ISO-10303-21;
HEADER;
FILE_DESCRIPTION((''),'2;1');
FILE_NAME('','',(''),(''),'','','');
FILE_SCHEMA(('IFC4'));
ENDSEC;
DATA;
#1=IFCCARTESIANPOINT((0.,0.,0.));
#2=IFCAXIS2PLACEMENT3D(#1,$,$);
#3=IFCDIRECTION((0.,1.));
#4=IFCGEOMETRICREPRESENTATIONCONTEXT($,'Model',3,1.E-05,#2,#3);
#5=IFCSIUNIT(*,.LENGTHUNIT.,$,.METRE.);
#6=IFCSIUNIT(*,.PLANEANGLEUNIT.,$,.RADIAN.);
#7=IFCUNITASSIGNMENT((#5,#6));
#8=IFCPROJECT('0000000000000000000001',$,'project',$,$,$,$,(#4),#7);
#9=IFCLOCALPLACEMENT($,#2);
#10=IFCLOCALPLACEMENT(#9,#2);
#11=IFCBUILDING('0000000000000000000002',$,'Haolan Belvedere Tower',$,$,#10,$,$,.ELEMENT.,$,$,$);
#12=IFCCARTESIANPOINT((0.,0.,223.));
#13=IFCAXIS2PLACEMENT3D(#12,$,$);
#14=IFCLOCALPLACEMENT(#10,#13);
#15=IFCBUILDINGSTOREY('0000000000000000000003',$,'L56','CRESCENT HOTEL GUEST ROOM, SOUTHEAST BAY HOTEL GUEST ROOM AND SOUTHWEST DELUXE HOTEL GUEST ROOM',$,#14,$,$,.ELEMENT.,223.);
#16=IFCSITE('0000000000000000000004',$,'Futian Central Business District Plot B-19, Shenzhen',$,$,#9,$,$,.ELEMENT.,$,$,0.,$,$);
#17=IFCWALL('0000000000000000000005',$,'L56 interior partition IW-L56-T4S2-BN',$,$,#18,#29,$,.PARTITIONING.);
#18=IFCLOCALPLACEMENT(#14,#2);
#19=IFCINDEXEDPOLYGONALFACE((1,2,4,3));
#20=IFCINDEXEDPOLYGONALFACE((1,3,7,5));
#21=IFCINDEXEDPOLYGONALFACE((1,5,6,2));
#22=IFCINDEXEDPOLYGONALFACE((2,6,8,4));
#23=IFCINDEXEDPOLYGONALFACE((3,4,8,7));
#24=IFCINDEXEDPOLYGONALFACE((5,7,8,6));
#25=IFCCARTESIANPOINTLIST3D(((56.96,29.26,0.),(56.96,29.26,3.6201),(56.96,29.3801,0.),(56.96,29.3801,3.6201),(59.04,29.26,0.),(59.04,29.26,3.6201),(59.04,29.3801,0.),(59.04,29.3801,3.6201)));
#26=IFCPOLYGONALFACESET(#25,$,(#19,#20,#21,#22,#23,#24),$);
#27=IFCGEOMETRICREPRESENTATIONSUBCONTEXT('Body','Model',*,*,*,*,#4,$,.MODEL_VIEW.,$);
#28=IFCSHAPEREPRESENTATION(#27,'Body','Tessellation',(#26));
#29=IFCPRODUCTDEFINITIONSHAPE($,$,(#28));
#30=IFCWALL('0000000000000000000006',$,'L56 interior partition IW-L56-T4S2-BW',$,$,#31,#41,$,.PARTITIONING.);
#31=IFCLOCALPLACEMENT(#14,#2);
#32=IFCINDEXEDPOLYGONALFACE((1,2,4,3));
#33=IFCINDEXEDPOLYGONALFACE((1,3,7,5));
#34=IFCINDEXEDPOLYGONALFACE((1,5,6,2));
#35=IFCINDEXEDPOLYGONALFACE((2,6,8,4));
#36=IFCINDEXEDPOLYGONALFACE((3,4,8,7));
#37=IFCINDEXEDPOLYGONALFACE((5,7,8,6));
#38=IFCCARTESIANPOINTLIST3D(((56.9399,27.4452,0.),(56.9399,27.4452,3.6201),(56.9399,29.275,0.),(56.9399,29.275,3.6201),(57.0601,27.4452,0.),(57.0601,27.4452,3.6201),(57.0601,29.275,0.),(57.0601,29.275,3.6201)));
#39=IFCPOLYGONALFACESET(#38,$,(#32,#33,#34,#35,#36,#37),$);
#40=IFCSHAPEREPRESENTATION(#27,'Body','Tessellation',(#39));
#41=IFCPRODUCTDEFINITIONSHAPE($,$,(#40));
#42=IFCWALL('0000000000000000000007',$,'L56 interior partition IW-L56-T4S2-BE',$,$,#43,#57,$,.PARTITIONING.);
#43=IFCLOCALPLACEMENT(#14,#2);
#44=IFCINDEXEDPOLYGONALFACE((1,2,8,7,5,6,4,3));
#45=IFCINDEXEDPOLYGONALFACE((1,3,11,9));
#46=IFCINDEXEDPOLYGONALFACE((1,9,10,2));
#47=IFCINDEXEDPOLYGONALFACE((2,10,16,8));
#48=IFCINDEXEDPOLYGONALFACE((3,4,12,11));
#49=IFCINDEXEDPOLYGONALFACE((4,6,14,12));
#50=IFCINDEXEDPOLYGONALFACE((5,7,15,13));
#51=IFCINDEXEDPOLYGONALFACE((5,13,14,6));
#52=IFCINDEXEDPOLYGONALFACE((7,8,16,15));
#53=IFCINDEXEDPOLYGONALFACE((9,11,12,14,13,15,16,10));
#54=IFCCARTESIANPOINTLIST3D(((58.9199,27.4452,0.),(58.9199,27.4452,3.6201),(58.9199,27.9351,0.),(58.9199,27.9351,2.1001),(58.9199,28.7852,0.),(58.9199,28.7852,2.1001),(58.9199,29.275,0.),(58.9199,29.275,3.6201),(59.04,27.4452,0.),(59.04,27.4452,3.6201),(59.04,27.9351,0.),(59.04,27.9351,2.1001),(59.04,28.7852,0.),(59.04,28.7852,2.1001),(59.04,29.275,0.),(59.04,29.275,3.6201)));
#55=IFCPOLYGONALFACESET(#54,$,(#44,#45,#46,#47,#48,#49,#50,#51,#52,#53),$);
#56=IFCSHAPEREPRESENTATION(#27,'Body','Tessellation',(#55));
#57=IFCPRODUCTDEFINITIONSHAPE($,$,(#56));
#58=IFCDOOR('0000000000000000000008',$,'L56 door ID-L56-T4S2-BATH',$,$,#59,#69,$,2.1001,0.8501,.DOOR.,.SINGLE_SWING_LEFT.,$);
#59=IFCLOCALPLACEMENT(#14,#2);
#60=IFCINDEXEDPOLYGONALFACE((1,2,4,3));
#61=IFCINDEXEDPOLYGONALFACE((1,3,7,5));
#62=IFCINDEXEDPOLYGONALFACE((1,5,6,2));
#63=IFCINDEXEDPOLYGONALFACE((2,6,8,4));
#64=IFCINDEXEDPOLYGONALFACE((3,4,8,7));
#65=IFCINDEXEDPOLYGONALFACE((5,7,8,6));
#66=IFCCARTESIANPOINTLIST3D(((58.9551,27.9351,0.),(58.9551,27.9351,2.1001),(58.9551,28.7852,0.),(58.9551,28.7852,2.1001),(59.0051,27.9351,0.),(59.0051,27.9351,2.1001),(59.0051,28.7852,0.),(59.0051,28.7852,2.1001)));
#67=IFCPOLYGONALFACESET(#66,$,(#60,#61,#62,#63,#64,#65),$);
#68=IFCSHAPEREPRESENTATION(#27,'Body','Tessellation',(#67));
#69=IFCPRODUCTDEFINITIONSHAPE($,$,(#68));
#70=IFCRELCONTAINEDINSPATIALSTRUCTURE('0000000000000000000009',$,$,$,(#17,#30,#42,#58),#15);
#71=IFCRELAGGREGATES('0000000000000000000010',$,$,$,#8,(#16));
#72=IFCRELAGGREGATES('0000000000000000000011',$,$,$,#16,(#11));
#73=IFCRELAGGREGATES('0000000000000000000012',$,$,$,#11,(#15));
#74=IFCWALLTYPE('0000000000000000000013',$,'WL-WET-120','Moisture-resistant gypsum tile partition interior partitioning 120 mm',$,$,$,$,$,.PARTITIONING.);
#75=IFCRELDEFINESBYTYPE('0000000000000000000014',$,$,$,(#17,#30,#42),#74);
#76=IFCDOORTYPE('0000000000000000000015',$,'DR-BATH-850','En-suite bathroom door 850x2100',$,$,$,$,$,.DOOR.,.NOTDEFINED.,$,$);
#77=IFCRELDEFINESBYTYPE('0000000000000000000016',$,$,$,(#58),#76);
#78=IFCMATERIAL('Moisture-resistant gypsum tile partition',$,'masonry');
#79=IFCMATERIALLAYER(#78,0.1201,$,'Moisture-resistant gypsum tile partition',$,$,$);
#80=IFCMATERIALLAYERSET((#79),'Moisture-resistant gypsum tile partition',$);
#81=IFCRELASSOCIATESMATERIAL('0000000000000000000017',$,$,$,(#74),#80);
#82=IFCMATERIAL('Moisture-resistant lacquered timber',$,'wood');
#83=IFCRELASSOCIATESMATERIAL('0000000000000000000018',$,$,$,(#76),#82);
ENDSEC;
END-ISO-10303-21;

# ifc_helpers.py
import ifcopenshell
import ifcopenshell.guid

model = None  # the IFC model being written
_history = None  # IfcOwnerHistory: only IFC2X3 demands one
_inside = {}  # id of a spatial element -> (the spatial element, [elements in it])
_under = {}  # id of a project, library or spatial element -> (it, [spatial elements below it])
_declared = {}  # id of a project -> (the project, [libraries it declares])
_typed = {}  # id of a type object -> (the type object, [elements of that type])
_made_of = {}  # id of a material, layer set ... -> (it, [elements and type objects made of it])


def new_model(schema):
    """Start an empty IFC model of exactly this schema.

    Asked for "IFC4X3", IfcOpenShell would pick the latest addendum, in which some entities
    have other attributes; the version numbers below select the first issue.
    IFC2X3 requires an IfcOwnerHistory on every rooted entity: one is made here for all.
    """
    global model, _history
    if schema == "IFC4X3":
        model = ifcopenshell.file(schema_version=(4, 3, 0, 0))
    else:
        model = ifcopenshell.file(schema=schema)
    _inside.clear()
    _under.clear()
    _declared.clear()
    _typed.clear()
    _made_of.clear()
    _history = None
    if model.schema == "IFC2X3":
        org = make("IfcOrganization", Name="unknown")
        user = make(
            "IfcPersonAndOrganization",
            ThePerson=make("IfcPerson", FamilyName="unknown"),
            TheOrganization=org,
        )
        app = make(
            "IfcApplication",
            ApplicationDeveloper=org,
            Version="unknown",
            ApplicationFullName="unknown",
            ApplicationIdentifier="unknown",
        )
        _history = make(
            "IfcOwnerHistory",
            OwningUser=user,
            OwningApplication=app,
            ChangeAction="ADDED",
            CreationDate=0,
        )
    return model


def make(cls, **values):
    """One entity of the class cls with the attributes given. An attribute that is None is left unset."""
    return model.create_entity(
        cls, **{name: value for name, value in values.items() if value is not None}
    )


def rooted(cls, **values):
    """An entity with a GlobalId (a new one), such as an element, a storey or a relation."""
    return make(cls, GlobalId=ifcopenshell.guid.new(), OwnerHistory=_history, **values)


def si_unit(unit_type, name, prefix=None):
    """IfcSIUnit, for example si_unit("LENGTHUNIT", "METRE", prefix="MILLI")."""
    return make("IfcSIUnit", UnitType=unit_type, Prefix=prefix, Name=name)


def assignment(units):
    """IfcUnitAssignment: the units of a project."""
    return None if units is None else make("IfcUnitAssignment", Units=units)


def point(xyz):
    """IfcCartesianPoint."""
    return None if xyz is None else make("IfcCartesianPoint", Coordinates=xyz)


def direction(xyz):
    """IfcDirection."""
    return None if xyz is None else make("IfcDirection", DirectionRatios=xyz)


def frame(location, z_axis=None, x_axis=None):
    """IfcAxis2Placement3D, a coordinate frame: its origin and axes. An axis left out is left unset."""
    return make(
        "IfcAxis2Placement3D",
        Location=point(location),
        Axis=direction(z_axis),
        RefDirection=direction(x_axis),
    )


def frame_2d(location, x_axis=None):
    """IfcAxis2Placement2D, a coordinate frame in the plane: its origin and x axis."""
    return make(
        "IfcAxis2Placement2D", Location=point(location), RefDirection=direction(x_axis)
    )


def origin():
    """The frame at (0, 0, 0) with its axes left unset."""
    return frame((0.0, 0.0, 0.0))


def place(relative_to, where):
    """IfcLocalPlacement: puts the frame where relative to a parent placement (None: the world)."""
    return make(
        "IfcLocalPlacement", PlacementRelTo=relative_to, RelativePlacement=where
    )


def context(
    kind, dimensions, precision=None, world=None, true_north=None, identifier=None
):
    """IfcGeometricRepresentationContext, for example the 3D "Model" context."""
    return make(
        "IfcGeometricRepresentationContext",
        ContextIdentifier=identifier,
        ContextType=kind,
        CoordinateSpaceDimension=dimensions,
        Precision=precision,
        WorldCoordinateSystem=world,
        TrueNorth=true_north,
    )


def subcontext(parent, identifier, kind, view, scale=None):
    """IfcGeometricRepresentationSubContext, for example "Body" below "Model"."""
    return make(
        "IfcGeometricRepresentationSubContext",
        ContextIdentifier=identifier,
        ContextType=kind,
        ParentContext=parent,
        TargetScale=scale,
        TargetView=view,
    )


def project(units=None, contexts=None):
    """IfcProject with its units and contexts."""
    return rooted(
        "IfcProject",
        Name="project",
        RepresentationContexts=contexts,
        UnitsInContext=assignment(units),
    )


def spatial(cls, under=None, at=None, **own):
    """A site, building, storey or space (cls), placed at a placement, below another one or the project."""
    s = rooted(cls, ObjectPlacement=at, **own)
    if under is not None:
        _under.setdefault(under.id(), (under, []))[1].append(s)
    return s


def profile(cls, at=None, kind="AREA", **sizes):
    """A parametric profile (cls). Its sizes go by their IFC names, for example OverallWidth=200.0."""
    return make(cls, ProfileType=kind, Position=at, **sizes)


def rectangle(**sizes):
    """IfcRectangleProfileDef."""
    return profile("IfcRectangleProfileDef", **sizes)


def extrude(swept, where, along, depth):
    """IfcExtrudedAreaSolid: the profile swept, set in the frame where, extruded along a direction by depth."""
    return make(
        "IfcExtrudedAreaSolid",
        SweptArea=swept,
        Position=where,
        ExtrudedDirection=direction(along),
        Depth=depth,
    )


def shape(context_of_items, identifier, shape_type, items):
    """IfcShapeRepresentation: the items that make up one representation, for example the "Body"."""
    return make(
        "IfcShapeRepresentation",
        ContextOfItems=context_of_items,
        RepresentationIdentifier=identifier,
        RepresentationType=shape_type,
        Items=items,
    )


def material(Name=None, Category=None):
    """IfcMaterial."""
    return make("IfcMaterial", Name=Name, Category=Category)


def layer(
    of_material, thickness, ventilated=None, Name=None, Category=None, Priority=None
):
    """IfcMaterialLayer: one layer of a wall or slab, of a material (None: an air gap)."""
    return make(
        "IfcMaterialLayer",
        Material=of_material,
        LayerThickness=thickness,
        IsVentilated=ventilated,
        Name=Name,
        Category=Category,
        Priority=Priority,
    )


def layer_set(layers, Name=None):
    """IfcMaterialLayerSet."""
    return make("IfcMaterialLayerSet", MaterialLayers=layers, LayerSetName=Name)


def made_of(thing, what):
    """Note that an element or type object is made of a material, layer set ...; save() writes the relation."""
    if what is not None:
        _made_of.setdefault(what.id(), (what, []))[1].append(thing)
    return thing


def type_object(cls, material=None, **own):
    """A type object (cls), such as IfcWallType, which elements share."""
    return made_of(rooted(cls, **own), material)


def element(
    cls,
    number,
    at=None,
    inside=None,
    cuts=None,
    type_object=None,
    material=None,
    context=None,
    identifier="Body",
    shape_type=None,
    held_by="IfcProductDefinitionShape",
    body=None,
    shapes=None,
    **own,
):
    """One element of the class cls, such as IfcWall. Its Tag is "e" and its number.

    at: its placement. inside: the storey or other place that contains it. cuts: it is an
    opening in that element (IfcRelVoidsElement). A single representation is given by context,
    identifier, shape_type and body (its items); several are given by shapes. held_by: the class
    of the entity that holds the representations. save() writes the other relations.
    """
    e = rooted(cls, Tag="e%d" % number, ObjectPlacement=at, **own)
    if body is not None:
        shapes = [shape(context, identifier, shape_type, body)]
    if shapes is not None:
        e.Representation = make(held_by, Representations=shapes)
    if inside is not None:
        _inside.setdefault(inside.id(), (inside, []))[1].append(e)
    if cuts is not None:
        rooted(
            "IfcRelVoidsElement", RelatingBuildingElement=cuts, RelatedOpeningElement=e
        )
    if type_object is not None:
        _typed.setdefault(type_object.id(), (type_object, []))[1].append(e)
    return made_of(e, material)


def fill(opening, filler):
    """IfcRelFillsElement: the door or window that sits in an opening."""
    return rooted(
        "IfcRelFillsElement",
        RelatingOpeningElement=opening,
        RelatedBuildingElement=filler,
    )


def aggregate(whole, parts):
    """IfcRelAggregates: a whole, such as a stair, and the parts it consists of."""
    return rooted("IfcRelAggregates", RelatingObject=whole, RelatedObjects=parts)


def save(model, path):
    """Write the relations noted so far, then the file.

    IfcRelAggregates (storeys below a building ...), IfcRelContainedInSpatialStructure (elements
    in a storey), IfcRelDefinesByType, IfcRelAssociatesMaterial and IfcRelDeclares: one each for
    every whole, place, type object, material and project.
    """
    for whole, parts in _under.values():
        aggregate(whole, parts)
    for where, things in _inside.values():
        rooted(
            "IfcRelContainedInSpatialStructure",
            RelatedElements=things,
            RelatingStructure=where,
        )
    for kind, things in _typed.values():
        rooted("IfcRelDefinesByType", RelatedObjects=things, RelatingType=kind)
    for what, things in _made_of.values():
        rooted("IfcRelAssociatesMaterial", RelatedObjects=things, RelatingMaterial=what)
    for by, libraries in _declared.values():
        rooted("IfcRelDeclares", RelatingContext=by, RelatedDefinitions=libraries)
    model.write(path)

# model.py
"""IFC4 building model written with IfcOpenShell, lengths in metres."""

from ifc_helpers import new_model, si_unit, direction, frame, frame_2d, origin, place, context, subcontext, project, spatial, rectangle, extrude, material, layer, layer_set, type_object, element, fill, save


model = new_model("IFC4")

# Units and contexts
model_context = context("Model", 3, precision=1e-05, world=origin(), true_north=direction((0.0, 1.0)))
body_context = subcontext(model_context, "Body", "Model", "MODEL_VIEW")
ifc_project = project(units=[si_unit("LENGTHUNIT", "METRE"), si_unit("PLANEANGLEUNIT", "RADIAN")], contexts=[model_context])

# Site, building, storey
site_placement = place(None, origin())
site = spatial("IfcSite", under=ifc_project, at=site_placement, Name="Futian Central Business District Plot B-19, Shenzhen", CompositionType="ELEMENT", RefElevation=0.0)
building_placement = place(site_placement, origin())
building = spatial("IfcBuilding", under=site, at=building_placement, Name="Haolan Belvedere Tower", CompositionType="ELEMENT")
storey_placement = place(building_placement, frame((0.0, 0.0, 223.0)))
storey = spatial("IfcBuildingStorey", under=building, at=storey_placement, Name="L56", Description="CRESCENT HOTEL GUEST ROOM, SOUTHEAST BAY HOTEL GUEST ROOM AND SOUTHWEST DELUXE HOTEL GUEST ROOM", CompositionType="ELEMENT", Elevation=223.0)

# Shared definitions
ifc_material_1 = material(Name="Moisture-resistant gypsum tile partition", Category="masonry")
ifc_layer_1 = layer(ifc_material_1, 0.1201, Name="Moisture-resistant gypsum tile partition")
ifc_layer_set_1 = layer_set([ifc_layer_1], Name="Moisture-resistant gypsum tile partition")
wall_type_1 = type_object("IfcWallType", Name="WL-WET-120", Description="Moisture-resistant gypsum tile partition interior partitioning 120 mm", PredefinedType="PARTITIONING", material=ifc_layer_set_1)

# Shared definitions
ifc_material_2 = material(Name="Moisture-resistant lacquered timber", Category="wood")
door_type_1 = type_object("IfcDoorType", Name="DR-BATH-850", Description="En-suite bathroom door 850x2100", OperationType="NOTDEFINED", PredefinedType="DOOR", material=ifc_material_2)

# Walls
wall_1_placement = place(storey_placement, frame((56.96, 29.3201, 0.0), z_axis=(0.0, 0.0, 1.0), x_axis=(1.0, 0.0, 0.0)))
element("IfcWall", 1, at=wall_1_placement, inside=storey, type_object=wall_type_1, Name="L56 interior partition IW-L56-T4S2-BN", PredefinedType="PARTITIONING", context=body_context, shape_type="SweptSolid", body=[
    extrude(rectangle(XDim=2.0801, YDim=0.1201, at=frame_2d((1.04, 0.0))), origin(), (0.0, 0.0, 1.0), 3.6201),
])
wall_2_placement = place(storey_placement, frame((57.0, 27.4451, 0.0), z_axis=(0.0, 0.0, 1.0), x_axis=(0.0, 1.0, 0.0)))
element("IfcWall", 2, at=wall_2_placement, inside=storey, type_object=wall_type_1, Name="L56 interior partition IW-L56-T4S2-BW", PredefinedType="PARTITIONING", context=body_context, shape_type="SweptSolid", body=[
    extrude(rectangle(XDim=1.8298, YDim=0.1201, at=frame_2d((0.915, 0.0))), origin(), (0.0, 0.0, 1.0), 3.6201),
])

# Wall, opening, door
wall_3_placement = place(storey_placement, frame((58.98, 27.4451, 0.0), z_axis=(0.0, 0.0, 1.0), x_axis=(0.0, 1.0, 0.0)))
wall_3 = element("IfcWall", 3, at=wall_3_placement, inside=storey, type_object=wall_type_1, Name="L56 interior partition IW-L56-T4S2-BE", PredefinedType="PARTITIONING", context=body_context, shape_type="SweptSolid", body=[
    extrude(rectangle(XDim=1.8298, YDim=0.1201, at=frame_2d((0.915, 0.0))), origin(), (0.0, 0.0, 1.0), 3.6201),
])
opening_1_placement = place(wall_3_placement, frame((0.49, 0.0, 0.0)))
opening_1 = element("IfcOpeningElement", 4, at=opening_1_placement, cuts=wall_3, PredefinedType="OPENING", context=body_context, shape_type="SweptSolid", body=[
    extrude(rectangle(XDim=0.8501, YDim=2.1001, at=frame_2d((0.425, 1.05))), frame((0.0, 0.0701, 0.0), z_axis=(0.0, -1.0, 0.0), x_axis=(1.0, 0.0, 0.0)), (0.0, 0.0, 1.0), 0.1401),
])
door_1_placement = place(opening_1_placement, origin())
door_1 = element("IfcDoor", 5, at=door_1_placement, inside=storey, type_object=door_type_1, Name="L56 door ID-L56-T4S2-BATH", OperationType="SINGLE_SWING_LEFT", OverallHeight=2.1001, OverallWidth=0.8501, PredefinedType="DOOR", context=body_context, shape_type="SweptSolid", body=[
    extrude(rectangle(XDim=0.8501, YDim=2.1001, at=frame_2d((0.425, 1.05))), frame((0.0, 0.0249, 0.0), z_axis=(0.0, -1.0, 0.0), x_axis=(1.0, 0.0, 0.0)), (0.0, 0.0, 1.0), 0.05),
])
fill(opening_1, door_1)

save(model, "model.ifc")
